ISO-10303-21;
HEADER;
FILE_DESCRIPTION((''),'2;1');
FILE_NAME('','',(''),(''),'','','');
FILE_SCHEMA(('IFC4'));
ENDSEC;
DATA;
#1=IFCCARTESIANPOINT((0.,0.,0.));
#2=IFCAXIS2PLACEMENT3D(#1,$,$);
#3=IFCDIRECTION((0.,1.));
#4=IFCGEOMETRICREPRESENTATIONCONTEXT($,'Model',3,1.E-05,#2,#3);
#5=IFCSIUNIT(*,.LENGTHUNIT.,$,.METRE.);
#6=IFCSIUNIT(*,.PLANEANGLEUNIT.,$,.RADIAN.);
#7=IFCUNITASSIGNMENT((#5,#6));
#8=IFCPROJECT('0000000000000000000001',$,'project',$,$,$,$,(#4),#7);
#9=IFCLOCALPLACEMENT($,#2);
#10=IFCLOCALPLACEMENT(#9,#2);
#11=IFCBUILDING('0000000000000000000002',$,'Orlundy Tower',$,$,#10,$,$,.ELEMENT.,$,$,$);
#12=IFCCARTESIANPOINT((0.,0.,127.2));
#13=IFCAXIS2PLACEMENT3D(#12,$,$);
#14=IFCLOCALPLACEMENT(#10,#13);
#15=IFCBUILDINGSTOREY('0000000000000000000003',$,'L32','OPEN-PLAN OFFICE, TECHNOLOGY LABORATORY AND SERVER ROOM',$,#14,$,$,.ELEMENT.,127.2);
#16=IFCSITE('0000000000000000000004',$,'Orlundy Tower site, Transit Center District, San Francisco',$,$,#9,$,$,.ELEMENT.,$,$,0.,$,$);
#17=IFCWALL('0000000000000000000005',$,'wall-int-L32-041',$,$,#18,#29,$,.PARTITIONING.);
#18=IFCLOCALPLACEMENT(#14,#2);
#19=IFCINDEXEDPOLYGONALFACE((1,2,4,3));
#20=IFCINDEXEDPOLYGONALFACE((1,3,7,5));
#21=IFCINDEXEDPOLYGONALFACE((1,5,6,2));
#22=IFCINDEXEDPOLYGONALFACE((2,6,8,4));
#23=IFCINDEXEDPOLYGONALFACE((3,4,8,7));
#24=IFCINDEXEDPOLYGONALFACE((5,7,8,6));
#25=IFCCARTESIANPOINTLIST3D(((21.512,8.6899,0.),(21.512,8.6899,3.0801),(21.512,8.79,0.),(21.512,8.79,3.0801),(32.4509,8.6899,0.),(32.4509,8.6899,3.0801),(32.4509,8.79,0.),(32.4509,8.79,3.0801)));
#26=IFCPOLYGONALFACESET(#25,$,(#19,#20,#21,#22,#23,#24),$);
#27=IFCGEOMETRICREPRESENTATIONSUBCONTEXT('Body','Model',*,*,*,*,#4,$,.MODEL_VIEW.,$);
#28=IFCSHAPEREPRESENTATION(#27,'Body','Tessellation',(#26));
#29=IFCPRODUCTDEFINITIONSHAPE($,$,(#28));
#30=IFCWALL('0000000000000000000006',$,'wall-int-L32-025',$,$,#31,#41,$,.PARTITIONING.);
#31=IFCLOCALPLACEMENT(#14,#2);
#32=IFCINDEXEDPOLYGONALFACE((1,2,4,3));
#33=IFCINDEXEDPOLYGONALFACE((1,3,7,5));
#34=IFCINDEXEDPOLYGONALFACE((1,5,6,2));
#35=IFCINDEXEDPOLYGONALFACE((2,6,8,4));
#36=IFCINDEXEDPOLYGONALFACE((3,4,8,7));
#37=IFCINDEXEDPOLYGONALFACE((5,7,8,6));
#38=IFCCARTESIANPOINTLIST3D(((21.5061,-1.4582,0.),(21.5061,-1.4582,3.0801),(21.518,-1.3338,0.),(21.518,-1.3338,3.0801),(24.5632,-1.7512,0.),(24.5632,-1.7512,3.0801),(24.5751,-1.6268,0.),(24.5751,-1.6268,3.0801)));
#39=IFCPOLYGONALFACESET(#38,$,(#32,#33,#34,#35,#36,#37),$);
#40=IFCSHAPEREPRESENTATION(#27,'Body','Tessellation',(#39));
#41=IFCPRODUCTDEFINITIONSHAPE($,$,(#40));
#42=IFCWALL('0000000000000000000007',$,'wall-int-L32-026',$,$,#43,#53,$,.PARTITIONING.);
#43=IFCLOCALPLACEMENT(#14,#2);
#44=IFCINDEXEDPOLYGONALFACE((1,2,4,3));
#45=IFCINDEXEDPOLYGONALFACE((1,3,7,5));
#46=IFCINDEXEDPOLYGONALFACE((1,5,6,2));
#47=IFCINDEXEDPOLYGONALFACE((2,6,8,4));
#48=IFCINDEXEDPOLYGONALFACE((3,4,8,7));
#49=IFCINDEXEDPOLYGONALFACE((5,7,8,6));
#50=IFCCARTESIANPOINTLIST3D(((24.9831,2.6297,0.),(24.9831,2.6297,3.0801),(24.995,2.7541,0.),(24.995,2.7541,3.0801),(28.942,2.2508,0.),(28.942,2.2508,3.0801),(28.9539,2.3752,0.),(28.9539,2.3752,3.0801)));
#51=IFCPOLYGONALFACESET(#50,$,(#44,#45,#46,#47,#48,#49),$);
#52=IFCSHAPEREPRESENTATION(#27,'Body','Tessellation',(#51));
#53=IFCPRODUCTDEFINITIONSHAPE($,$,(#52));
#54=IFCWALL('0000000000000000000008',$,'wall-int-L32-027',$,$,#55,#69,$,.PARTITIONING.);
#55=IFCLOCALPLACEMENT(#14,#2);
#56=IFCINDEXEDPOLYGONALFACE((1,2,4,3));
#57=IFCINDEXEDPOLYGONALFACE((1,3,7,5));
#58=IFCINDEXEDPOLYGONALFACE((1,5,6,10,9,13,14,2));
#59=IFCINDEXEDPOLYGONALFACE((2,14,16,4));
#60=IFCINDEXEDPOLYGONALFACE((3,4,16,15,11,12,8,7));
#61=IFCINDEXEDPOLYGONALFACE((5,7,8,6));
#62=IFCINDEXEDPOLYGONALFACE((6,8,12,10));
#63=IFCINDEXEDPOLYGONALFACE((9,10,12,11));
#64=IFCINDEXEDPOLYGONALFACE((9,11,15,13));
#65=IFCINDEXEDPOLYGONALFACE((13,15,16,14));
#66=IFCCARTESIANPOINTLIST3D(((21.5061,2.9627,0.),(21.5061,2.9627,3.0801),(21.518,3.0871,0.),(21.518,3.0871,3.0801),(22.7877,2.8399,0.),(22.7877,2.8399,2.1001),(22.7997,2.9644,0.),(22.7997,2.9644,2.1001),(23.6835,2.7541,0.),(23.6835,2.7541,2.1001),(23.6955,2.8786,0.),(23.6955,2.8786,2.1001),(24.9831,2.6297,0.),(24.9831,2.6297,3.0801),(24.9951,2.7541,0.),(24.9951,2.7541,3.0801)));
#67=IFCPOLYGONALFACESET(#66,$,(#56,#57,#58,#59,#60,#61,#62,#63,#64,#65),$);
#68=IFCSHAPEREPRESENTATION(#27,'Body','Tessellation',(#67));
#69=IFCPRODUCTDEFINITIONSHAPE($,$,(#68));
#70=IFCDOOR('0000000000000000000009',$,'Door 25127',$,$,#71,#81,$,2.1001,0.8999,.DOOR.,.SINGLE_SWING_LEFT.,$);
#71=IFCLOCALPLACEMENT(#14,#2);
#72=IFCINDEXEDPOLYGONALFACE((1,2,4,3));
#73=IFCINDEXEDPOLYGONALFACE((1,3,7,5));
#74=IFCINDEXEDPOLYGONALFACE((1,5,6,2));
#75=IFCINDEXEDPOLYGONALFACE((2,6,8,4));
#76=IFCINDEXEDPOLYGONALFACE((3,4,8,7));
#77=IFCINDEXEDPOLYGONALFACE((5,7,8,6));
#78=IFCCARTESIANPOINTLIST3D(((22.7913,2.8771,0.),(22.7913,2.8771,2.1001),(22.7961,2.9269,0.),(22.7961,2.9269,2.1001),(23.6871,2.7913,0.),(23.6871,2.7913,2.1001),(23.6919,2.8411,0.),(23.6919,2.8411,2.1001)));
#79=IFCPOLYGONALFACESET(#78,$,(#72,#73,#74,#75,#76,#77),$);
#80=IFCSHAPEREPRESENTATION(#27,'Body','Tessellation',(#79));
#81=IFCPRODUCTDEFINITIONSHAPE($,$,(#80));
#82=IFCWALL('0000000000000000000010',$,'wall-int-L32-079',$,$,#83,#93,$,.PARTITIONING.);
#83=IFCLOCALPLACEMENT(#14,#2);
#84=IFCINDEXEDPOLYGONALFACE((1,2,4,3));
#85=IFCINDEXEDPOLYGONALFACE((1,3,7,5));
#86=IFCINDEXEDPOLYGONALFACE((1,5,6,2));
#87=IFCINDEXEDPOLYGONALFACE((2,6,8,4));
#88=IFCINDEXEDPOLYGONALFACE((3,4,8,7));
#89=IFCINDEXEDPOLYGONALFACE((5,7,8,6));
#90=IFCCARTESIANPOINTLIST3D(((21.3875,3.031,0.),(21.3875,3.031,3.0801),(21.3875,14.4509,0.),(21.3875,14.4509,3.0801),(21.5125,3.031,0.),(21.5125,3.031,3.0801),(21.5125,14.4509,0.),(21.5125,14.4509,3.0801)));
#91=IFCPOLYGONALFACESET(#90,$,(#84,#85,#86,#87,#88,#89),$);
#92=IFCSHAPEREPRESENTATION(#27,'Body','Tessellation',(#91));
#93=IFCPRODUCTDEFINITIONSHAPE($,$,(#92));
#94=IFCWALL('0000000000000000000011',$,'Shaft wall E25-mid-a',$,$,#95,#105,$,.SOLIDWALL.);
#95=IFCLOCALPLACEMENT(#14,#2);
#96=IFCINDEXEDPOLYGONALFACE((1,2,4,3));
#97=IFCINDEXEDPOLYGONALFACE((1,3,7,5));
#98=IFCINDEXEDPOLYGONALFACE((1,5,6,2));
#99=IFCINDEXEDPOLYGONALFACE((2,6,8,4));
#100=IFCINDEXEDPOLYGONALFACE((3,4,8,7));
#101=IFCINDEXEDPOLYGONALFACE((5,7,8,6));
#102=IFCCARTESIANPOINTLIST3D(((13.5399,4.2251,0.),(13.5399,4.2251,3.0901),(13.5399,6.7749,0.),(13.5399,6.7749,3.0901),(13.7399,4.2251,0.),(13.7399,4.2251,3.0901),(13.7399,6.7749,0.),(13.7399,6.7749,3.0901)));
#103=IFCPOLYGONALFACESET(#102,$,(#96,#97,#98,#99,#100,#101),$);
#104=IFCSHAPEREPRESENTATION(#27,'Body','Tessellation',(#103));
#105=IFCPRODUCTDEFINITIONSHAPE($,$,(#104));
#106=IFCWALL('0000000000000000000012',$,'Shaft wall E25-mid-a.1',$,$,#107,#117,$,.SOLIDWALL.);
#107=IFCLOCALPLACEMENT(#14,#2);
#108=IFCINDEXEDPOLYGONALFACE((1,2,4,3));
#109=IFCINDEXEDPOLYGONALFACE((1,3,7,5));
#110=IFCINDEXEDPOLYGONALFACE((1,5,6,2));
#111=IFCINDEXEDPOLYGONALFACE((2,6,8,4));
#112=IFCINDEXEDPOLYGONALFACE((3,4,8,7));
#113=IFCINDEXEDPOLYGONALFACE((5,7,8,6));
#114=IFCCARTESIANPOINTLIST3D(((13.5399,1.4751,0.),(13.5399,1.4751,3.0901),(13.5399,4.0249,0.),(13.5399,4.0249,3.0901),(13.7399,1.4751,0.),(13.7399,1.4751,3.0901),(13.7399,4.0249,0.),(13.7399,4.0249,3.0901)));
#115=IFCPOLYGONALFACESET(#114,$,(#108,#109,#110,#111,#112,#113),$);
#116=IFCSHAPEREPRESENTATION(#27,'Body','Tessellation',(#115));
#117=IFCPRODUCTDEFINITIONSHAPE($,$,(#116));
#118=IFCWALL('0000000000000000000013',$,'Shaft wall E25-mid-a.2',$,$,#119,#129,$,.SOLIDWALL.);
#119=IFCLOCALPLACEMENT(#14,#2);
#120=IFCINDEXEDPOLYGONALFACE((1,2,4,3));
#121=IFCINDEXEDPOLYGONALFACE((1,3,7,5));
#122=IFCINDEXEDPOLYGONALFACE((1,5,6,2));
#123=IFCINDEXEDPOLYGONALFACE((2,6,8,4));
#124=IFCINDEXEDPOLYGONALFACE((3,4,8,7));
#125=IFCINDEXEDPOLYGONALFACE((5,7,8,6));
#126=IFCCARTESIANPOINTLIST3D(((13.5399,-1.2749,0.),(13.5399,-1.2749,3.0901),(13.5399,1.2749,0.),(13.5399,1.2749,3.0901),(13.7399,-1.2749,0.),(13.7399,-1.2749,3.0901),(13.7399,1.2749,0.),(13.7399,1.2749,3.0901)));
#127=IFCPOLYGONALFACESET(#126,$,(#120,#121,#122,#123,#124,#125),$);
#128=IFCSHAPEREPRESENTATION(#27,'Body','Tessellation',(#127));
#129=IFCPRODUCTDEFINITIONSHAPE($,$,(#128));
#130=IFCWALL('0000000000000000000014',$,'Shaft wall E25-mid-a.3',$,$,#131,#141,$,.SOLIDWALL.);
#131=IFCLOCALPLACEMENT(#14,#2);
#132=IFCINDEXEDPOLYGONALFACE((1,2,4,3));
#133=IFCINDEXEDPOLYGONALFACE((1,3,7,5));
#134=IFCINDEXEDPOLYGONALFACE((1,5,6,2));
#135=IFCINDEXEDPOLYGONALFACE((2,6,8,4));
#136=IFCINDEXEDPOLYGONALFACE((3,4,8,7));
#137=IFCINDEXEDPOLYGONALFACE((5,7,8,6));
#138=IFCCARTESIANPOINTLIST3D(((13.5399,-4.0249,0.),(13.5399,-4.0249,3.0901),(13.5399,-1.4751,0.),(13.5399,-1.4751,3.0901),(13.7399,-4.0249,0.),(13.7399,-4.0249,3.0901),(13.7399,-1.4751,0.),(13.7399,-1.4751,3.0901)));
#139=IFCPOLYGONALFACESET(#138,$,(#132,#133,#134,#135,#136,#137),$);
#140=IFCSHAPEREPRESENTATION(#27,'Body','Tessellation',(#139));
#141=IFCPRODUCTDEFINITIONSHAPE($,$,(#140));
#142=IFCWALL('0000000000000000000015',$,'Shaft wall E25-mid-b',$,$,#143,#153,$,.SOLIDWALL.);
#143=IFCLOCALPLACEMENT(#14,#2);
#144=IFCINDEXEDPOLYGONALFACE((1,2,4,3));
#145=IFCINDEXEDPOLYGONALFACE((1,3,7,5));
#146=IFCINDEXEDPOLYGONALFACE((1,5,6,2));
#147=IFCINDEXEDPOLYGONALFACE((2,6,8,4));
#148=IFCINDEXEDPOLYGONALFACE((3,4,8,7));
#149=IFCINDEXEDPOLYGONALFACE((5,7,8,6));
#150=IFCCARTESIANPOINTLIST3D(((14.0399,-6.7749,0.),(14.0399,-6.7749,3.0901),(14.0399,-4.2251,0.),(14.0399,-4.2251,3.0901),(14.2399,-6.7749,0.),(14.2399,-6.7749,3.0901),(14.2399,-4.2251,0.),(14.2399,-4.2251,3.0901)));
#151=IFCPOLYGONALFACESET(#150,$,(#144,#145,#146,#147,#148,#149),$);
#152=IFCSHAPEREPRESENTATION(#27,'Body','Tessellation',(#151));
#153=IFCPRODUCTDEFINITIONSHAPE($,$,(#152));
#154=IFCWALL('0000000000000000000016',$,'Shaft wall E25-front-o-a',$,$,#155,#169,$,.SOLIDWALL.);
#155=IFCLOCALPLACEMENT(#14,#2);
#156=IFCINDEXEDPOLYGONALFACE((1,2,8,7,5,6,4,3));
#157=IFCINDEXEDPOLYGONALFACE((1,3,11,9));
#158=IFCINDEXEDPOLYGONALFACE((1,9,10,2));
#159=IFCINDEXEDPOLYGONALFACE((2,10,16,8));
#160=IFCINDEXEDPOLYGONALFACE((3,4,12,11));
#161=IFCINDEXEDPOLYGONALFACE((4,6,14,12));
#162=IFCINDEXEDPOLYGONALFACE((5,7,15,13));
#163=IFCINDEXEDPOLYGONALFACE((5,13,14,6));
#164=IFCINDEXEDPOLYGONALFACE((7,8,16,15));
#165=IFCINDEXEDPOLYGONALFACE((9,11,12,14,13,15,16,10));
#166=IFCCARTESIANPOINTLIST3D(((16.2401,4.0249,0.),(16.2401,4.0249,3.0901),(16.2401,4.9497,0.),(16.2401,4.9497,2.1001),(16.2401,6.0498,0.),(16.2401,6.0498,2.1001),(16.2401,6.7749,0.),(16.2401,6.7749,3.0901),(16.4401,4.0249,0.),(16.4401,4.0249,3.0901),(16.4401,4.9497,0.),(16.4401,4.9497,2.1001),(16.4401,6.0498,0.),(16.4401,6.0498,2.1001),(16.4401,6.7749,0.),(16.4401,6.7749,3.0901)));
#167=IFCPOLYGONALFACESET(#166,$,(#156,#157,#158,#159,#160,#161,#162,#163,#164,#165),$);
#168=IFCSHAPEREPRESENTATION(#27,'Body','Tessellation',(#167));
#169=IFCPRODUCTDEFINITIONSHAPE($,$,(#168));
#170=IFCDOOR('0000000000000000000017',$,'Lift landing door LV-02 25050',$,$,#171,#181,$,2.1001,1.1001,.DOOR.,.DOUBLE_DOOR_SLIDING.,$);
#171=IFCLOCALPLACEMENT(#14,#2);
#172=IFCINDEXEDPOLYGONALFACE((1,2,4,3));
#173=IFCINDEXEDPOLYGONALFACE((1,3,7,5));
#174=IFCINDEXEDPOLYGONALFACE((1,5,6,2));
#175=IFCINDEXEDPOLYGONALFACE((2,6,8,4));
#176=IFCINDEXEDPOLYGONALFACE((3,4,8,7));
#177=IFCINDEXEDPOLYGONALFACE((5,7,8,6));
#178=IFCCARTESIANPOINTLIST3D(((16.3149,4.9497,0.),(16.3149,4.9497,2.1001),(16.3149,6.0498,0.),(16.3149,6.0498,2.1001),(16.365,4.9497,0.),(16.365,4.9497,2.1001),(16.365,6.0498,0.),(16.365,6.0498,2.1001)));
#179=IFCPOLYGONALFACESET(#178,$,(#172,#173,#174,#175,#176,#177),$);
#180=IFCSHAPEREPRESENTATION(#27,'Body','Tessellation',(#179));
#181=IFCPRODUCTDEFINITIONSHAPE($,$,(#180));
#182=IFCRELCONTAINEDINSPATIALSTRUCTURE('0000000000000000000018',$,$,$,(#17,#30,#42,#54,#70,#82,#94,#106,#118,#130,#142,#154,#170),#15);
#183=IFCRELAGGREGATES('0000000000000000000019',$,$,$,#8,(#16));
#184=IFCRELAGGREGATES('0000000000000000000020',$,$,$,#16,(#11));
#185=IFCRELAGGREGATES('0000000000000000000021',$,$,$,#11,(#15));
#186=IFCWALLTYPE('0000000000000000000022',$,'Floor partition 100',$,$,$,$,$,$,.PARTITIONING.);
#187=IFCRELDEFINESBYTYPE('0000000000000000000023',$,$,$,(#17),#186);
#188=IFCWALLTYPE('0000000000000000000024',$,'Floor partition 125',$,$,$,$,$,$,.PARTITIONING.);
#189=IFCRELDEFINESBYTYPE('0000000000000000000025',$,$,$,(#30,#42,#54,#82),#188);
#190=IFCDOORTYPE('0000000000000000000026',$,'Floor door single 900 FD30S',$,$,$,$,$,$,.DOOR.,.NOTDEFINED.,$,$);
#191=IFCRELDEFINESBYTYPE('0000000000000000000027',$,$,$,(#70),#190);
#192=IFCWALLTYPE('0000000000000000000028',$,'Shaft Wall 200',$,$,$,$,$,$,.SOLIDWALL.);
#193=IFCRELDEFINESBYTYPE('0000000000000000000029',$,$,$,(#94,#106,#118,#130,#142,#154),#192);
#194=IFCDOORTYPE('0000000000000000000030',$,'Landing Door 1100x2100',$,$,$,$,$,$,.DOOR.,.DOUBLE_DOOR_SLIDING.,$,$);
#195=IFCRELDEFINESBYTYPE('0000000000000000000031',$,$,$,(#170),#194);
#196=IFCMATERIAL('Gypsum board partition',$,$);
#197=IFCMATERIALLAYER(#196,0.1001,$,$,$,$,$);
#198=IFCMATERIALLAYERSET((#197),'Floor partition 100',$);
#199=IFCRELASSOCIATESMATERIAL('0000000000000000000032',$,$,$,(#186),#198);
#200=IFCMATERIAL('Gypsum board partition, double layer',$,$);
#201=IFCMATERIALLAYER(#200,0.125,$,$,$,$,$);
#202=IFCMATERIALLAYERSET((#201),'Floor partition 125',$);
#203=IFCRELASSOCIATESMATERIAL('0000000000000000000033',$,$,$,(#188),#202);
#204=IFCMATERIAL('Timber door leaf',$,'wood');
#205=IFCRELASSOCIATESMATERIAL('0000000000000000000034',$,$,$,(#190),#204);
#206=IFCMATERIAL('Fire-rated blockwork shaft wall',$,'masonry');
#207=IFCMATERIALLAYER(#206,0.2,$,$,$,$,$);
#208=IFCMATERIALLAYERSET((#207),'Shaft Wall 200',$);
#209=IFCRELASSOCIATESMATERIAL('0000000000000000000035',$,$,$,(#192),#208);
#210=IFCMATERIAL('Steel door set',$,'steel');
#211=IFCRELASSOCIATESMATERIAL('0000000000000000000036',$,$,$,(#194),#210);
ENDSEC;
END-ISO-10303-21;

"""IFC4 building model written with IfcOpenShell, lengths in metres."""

from ifc_helpers import new_model, si_unit, direction, frame, frame_2d, origin, place, context, subcontext, project, spatial, rectangle, extrude, material, layer, layer_set, type_object, element, fill, save


model = new_model("IFC4")

# Units and contexts
model_context = context("Model", 3, precision=1e-05, world=origin(), true_north=direction((0.0, 1.0)))
body_context = subcontext(model_context, "Body", "Model", "MODEL_VIEW")
ifc_project = project(units=[si_unit("LENGTHUNIT", "METRE"), si_unit("PLANEANGLEUNIT", "RADIAN")], contexts=[model_context])

# Site, building, storey
site_placement = place(None, origin())
site = spatial("IfcSite", under=ifc_project, at=site_placement, Name="Orlundy Tower site, Transit Center District, San Francisco", CompositionType="ELEMENT", RefElevation=0.0)
building_placement = place(site_placement, origin())
building = spatial("IfcBuilding", under=site, at=building_placement, Name="Orlundy Tower", CompositionType="ELEMENT")
storey_placement = place(building_placement, frame((0.0, 0.0, 127.2)))
storey = spatial("IfcBuildingStorey", under=building, at=storey_placement, Name="L32", Description="OPEN-PLAN OFFICE, TECHNOLOGY LABORATORY AND SERVER ROOM", CompositionType="ELEMENT", Elevation=127.2)

# Walls
ifc_material_1 = material(Name="Gypsum board partition")
ifc_layer_1 = layer(ifc_material_1, 0.1001)
ifc_layer_set_1 = layer_set([ifc_layer_1], Name="Floor partition 100")
wall_type_1 = type_object("IfcWallType", Name="Floor partition 100", PredefinedType="PARTITIONING", material=ifc_layer_set_1)
wall_1_placement = place(storey_placement, frame((21.512, 8.74, 0.0), z_axis=(0.0, 0.0, 1.0), x_axis=(1.0, 0.0, 0.0)))
element("IfcWall", 1, at=wall_1_placement, inside=storey, type_object=wall_type_1, Name="wall-int-L32-041", PredefinedType="PARTITIONING", context=body_context, shape_type="SweptSolid", body=[
    extrude(rectangle(XDim=10.939, YDim=0.1001, at=frame_2d((5.4695, 0.0))), origin(), (0.0, 0.0, 1.0), 3.0801),
])
ifc_material_2 = material(Name="Gypsum board partition, double layer")
ifc_layer_2 = layer(ifc_material_2, 0.125)
ifc_layer_set_2 = layer_set([ifc_layer_2], Name="Floor partition 125")
wall_type_2 = type_object("IfcWallType", Name="Floor partition 125", PredefinedType="PARTITIONING", material=ifc_layer_set_2)
wall_2_placement = place(storey_placement, frame((21.512, -1.396, 0.0), z_axis=(0.0, 0.0, 1.0), x_axis=(0.99544, -0.095394, 0.0)))
element("IfcWall", 2, at=wall_2_placement, inside=storey, type_object=wall_type_2, Name="wall-int-L32-025", PredefinedType="PARTITIONING", context=body_context, shape_type="SweptSolid", body=[
    extrude(rectangle(XDim=3.071, YDim=0.125, at=frame_2d((1.5356, 0.0))), origin(), (0.0, 0.0, 1.0), 3.0801),
])
wall_3_placement = place(storey_placement, frame((24.989, 2.6919, 0.0), z_axis=(0.0, 0.0, 1.0), x_axis=(0.995451, -0.095273, 0.0)))
element("IfcWall", 3, at=wall_3_placement, inside=storey, type_object=wall_type_2, Name="wall-int-L32-026", PredefinedType="PARTITIONING", context=body_context, shape_type="SweptSolid", body=[
    extrude(rectangle(XDim=3.9771, YDim=0.125, at=frame_2d((1.9885, 0.0))), origin(), (0.0, 0.0, 1.0), 3.0801),
])

# Wall, opening, door
wall_4_placement = place(storey_placement, frame((21.512, 3.0249, 0.0), z_axis=(0.0, 0.0, 1.0), x_axis=(0.995445, -0.095337, 0.0)))
wall_4 = element("IfcWall", 4, at=wall_4_placement, inside=storey, type_object=wall_type_2, Name="wall-int-L32-027", PredefinedType="PARTITIONING", context=body_context, shape_type="SweptSolid", body=[
    extrude(rectangle(XDim=3.4929, YDim=0.125, at=frame_2d((1.7466, 0.0))), origin(), (0.0, 0.0, 1.0), 3.0801),
])
opening_1_placement = place(wall_4_placement, frame((1.2876, 0.0, 0.0)))
opening_1 = element("IfcOpeningElement", 5, at=opening_1_placement, cuts=wall_4, PredefinedType="OPENING", context=body_context, shape_type="SweptSolid", body=[
    extrude(rectangle(XDim=0.8999, YDim=2.1001, at=frame_2d((0.45, 1.05))), frame((0.0, 0.0725, 0.0), z_axis=(0.0, -1.0, 0.0), x_axis=(1.0, 0.0, 0.0)), (0.0, 0.0, 1.0), 0.145),
])
ifc_material_3 = material(Name="Timber door leaf", Category="wood")
door_type_1 = type_object("IfcDoorType", Name="Floor door single 900 FD30S", OperationType="NOTDEFINED", PredefinedType="DOOR", material=ifc_material_3)
door_1_placement = place(opening_1_placement, origin())
door_1 = element("IfcDoor", 6, at=door_1_placement, inside=storey, type_object=door_type_1, Name="Door 25127", OperationType="SINGLE_SWING_LEFT", OverallHeight=2.1001, OverallWidth=0.8999, PredefinedType="DOOR", context=body_context, shape_type="SweptSolid", body=[
    extrude(rectangle(XDim=0.8999, YDim=2.1001, at=frame_2d((0.45, 1.05))), frame((0.0, 0.0249, 0.0), z_axis=(0.0, -1.0, 0.0), x_axis=(1.0, 0.0, 0.0)), (0.0, 0.0, 1.0), 0.05),
])
fill(opening_1, door_1)

# Walls
wall_5_placement = place(storey_placement, frame((21.45, 3.031, 0.0), z_axis=(0.0, 0.0, 1.0), x_axis=(0.0, 1.0, 0.0)))
element("IfcWall", 7, at=wall_5_placement, inside=storey, type_object=wall_type_2, Name="wall-int-L32-079", PredefinedType="PARTITIONING", context=body_context, shape_type="SweptSolid", body=[
    extrude(rectangle(XDim=11.4199, YDim=0.125, at=frame_2d((5.71, 0.0))), origin(), (0.0, 0.0, 1.0), 3.0801),
])
ifc_material_4 = material(Name="Fire-rated blockwork shaft wall", Category="masonry")
ifc_layer_3 = layer(ifc_material_4, 0.2)
ifc_layer_set_3 = layer_set([ifc_layer_3], Name="Shaft Wall 200")
wall_type_3 = type_object("IfcWallType", Name="Shaft Wall 200", PredefinedType="SOLIDWALL", material=ifc_layer_set_3)
for number, where, z_axis, x_axis, name in (
    (8, (13.6399, 6.7749, 0.0), (0.0, 0.0, 1.0), (0.0, -1.0, 0.0), "Shaft wall E25-mid-a"),
    (9, (13.6399, 4.0249, 0.0), (0.0, 0.0, 1.0), (0.0, -1.0, 0.0), "Shaft wall E25-mid-a.1"),
    (10, (13.6399, 1.2749, 0.0), (0.0, 0.0, 1.0), (0.0, -1.0, 0.0), "Shaft wall E25-mid-a.2"),
    (11, (13.6399, -1.4751, 0.0), (0.0, 0.0, 1.0), (0.0, -1.0, 0.0), "Shaft wall E25-mid-a.3"),
    (12, (14.1399, -4.2251, 0.0), (0.0, 0.0, 1.0), (0.0, -1.0, 0.0), "Shaft wall E25-mid-b"),
):
    element("IfcWall", number, at=place(storey_placement, frame(where, z_axis=z_axis, x_axis=x_axis)), inside=storey, type_object=wall_type_3, Name=name, PredefinedType="SOLIDWALL", context=body_context, shape_type="SweptSolid", body=[
        extrude(rectangle(XDim=2.5498, YDim=0.2, at=frame_2d((1.2749, 0.0))), origin(), (0.0, 0.0, 1.0), 3.0901),
    ])

# Wall, opening, door
wall_6_placement = place(storey_placement, frame((16.3401, 6.7749, 0.0), z_axis=(0.0, 0.0, 1.0), x_axis=(0.0, -1.0, 0.0)))
wall_6 = element("IfcWall", 13, at=wall_6_placement, inside=storey, type_object=wall_type_3, Name="Shaft wall E25-front-o-a", PredefinedType="SOLIDWALL", context=body_context, shape_type="SweptSolid", body=[
    extrude(rectangle(XDim=2.75, YDim=0.2, at=frame_2d((1.375, 0.0))), origin(), (0.0, 0.0, 1.0), 3.0901),
])
opening_2_placement = place(wall_6_placement, frame((0.7251, 0.0, 0.0)))
opening_2 = element("IfcOpeningElement", 14, at=opening_2_placement, cuts=wall_6, PredefinedType="OPENING", context=body_context, shape_type="SweptSolid", body=[
    extrude(rectangle(XDim=1.1001, YDim=2.1001, at=frame_2d((0.55, 1.05))), frame((0.0, 0.1101, 0.0), z_axis=(0.0, -1.0, 0.0), x_axis=(1.0, 0.0, 0.0)), (0.0, 0.0, 1.0), 0.2202),
])
ifc_material_5 = material(Name="Steel door set", Category="steel")
door_type_2 = type_object("IfcDoorType", Name="Landing Door 1100x2100", OperationType="DOUBLE_DOOR_SLIDING", PredefinedType="DOOR", material=ifc_material_5)
door_2_placement = place(opening_2_placement, origin())
door_2 = element("IfcDoor", 15, at=door_2_placement, inside=storey, type_object=door_type_2, Name="Lift landing door LV-02 25050", OperationType="DOUBLE_DOOR_SLIDING", OverallHeight=2.1001, OverallWidth=1.1001, PredefinedType="DOOR", context=body_context, shape_type="SweptSolid", body=[
    extrude(rectangle(XDim=1.1001, YDim=2.1001, at=frame_2d((0.55, 1.05))), frame((0.0, 0.0249, 0.0), z_axis=(0.0, -1.0, 0.0), x_axis=(1.0, 0.0, 0.0)), (0.0, 0.0, 1.0), 0.05),
])
fill(opening_2, door_2)

save(model, "model.ifc")
